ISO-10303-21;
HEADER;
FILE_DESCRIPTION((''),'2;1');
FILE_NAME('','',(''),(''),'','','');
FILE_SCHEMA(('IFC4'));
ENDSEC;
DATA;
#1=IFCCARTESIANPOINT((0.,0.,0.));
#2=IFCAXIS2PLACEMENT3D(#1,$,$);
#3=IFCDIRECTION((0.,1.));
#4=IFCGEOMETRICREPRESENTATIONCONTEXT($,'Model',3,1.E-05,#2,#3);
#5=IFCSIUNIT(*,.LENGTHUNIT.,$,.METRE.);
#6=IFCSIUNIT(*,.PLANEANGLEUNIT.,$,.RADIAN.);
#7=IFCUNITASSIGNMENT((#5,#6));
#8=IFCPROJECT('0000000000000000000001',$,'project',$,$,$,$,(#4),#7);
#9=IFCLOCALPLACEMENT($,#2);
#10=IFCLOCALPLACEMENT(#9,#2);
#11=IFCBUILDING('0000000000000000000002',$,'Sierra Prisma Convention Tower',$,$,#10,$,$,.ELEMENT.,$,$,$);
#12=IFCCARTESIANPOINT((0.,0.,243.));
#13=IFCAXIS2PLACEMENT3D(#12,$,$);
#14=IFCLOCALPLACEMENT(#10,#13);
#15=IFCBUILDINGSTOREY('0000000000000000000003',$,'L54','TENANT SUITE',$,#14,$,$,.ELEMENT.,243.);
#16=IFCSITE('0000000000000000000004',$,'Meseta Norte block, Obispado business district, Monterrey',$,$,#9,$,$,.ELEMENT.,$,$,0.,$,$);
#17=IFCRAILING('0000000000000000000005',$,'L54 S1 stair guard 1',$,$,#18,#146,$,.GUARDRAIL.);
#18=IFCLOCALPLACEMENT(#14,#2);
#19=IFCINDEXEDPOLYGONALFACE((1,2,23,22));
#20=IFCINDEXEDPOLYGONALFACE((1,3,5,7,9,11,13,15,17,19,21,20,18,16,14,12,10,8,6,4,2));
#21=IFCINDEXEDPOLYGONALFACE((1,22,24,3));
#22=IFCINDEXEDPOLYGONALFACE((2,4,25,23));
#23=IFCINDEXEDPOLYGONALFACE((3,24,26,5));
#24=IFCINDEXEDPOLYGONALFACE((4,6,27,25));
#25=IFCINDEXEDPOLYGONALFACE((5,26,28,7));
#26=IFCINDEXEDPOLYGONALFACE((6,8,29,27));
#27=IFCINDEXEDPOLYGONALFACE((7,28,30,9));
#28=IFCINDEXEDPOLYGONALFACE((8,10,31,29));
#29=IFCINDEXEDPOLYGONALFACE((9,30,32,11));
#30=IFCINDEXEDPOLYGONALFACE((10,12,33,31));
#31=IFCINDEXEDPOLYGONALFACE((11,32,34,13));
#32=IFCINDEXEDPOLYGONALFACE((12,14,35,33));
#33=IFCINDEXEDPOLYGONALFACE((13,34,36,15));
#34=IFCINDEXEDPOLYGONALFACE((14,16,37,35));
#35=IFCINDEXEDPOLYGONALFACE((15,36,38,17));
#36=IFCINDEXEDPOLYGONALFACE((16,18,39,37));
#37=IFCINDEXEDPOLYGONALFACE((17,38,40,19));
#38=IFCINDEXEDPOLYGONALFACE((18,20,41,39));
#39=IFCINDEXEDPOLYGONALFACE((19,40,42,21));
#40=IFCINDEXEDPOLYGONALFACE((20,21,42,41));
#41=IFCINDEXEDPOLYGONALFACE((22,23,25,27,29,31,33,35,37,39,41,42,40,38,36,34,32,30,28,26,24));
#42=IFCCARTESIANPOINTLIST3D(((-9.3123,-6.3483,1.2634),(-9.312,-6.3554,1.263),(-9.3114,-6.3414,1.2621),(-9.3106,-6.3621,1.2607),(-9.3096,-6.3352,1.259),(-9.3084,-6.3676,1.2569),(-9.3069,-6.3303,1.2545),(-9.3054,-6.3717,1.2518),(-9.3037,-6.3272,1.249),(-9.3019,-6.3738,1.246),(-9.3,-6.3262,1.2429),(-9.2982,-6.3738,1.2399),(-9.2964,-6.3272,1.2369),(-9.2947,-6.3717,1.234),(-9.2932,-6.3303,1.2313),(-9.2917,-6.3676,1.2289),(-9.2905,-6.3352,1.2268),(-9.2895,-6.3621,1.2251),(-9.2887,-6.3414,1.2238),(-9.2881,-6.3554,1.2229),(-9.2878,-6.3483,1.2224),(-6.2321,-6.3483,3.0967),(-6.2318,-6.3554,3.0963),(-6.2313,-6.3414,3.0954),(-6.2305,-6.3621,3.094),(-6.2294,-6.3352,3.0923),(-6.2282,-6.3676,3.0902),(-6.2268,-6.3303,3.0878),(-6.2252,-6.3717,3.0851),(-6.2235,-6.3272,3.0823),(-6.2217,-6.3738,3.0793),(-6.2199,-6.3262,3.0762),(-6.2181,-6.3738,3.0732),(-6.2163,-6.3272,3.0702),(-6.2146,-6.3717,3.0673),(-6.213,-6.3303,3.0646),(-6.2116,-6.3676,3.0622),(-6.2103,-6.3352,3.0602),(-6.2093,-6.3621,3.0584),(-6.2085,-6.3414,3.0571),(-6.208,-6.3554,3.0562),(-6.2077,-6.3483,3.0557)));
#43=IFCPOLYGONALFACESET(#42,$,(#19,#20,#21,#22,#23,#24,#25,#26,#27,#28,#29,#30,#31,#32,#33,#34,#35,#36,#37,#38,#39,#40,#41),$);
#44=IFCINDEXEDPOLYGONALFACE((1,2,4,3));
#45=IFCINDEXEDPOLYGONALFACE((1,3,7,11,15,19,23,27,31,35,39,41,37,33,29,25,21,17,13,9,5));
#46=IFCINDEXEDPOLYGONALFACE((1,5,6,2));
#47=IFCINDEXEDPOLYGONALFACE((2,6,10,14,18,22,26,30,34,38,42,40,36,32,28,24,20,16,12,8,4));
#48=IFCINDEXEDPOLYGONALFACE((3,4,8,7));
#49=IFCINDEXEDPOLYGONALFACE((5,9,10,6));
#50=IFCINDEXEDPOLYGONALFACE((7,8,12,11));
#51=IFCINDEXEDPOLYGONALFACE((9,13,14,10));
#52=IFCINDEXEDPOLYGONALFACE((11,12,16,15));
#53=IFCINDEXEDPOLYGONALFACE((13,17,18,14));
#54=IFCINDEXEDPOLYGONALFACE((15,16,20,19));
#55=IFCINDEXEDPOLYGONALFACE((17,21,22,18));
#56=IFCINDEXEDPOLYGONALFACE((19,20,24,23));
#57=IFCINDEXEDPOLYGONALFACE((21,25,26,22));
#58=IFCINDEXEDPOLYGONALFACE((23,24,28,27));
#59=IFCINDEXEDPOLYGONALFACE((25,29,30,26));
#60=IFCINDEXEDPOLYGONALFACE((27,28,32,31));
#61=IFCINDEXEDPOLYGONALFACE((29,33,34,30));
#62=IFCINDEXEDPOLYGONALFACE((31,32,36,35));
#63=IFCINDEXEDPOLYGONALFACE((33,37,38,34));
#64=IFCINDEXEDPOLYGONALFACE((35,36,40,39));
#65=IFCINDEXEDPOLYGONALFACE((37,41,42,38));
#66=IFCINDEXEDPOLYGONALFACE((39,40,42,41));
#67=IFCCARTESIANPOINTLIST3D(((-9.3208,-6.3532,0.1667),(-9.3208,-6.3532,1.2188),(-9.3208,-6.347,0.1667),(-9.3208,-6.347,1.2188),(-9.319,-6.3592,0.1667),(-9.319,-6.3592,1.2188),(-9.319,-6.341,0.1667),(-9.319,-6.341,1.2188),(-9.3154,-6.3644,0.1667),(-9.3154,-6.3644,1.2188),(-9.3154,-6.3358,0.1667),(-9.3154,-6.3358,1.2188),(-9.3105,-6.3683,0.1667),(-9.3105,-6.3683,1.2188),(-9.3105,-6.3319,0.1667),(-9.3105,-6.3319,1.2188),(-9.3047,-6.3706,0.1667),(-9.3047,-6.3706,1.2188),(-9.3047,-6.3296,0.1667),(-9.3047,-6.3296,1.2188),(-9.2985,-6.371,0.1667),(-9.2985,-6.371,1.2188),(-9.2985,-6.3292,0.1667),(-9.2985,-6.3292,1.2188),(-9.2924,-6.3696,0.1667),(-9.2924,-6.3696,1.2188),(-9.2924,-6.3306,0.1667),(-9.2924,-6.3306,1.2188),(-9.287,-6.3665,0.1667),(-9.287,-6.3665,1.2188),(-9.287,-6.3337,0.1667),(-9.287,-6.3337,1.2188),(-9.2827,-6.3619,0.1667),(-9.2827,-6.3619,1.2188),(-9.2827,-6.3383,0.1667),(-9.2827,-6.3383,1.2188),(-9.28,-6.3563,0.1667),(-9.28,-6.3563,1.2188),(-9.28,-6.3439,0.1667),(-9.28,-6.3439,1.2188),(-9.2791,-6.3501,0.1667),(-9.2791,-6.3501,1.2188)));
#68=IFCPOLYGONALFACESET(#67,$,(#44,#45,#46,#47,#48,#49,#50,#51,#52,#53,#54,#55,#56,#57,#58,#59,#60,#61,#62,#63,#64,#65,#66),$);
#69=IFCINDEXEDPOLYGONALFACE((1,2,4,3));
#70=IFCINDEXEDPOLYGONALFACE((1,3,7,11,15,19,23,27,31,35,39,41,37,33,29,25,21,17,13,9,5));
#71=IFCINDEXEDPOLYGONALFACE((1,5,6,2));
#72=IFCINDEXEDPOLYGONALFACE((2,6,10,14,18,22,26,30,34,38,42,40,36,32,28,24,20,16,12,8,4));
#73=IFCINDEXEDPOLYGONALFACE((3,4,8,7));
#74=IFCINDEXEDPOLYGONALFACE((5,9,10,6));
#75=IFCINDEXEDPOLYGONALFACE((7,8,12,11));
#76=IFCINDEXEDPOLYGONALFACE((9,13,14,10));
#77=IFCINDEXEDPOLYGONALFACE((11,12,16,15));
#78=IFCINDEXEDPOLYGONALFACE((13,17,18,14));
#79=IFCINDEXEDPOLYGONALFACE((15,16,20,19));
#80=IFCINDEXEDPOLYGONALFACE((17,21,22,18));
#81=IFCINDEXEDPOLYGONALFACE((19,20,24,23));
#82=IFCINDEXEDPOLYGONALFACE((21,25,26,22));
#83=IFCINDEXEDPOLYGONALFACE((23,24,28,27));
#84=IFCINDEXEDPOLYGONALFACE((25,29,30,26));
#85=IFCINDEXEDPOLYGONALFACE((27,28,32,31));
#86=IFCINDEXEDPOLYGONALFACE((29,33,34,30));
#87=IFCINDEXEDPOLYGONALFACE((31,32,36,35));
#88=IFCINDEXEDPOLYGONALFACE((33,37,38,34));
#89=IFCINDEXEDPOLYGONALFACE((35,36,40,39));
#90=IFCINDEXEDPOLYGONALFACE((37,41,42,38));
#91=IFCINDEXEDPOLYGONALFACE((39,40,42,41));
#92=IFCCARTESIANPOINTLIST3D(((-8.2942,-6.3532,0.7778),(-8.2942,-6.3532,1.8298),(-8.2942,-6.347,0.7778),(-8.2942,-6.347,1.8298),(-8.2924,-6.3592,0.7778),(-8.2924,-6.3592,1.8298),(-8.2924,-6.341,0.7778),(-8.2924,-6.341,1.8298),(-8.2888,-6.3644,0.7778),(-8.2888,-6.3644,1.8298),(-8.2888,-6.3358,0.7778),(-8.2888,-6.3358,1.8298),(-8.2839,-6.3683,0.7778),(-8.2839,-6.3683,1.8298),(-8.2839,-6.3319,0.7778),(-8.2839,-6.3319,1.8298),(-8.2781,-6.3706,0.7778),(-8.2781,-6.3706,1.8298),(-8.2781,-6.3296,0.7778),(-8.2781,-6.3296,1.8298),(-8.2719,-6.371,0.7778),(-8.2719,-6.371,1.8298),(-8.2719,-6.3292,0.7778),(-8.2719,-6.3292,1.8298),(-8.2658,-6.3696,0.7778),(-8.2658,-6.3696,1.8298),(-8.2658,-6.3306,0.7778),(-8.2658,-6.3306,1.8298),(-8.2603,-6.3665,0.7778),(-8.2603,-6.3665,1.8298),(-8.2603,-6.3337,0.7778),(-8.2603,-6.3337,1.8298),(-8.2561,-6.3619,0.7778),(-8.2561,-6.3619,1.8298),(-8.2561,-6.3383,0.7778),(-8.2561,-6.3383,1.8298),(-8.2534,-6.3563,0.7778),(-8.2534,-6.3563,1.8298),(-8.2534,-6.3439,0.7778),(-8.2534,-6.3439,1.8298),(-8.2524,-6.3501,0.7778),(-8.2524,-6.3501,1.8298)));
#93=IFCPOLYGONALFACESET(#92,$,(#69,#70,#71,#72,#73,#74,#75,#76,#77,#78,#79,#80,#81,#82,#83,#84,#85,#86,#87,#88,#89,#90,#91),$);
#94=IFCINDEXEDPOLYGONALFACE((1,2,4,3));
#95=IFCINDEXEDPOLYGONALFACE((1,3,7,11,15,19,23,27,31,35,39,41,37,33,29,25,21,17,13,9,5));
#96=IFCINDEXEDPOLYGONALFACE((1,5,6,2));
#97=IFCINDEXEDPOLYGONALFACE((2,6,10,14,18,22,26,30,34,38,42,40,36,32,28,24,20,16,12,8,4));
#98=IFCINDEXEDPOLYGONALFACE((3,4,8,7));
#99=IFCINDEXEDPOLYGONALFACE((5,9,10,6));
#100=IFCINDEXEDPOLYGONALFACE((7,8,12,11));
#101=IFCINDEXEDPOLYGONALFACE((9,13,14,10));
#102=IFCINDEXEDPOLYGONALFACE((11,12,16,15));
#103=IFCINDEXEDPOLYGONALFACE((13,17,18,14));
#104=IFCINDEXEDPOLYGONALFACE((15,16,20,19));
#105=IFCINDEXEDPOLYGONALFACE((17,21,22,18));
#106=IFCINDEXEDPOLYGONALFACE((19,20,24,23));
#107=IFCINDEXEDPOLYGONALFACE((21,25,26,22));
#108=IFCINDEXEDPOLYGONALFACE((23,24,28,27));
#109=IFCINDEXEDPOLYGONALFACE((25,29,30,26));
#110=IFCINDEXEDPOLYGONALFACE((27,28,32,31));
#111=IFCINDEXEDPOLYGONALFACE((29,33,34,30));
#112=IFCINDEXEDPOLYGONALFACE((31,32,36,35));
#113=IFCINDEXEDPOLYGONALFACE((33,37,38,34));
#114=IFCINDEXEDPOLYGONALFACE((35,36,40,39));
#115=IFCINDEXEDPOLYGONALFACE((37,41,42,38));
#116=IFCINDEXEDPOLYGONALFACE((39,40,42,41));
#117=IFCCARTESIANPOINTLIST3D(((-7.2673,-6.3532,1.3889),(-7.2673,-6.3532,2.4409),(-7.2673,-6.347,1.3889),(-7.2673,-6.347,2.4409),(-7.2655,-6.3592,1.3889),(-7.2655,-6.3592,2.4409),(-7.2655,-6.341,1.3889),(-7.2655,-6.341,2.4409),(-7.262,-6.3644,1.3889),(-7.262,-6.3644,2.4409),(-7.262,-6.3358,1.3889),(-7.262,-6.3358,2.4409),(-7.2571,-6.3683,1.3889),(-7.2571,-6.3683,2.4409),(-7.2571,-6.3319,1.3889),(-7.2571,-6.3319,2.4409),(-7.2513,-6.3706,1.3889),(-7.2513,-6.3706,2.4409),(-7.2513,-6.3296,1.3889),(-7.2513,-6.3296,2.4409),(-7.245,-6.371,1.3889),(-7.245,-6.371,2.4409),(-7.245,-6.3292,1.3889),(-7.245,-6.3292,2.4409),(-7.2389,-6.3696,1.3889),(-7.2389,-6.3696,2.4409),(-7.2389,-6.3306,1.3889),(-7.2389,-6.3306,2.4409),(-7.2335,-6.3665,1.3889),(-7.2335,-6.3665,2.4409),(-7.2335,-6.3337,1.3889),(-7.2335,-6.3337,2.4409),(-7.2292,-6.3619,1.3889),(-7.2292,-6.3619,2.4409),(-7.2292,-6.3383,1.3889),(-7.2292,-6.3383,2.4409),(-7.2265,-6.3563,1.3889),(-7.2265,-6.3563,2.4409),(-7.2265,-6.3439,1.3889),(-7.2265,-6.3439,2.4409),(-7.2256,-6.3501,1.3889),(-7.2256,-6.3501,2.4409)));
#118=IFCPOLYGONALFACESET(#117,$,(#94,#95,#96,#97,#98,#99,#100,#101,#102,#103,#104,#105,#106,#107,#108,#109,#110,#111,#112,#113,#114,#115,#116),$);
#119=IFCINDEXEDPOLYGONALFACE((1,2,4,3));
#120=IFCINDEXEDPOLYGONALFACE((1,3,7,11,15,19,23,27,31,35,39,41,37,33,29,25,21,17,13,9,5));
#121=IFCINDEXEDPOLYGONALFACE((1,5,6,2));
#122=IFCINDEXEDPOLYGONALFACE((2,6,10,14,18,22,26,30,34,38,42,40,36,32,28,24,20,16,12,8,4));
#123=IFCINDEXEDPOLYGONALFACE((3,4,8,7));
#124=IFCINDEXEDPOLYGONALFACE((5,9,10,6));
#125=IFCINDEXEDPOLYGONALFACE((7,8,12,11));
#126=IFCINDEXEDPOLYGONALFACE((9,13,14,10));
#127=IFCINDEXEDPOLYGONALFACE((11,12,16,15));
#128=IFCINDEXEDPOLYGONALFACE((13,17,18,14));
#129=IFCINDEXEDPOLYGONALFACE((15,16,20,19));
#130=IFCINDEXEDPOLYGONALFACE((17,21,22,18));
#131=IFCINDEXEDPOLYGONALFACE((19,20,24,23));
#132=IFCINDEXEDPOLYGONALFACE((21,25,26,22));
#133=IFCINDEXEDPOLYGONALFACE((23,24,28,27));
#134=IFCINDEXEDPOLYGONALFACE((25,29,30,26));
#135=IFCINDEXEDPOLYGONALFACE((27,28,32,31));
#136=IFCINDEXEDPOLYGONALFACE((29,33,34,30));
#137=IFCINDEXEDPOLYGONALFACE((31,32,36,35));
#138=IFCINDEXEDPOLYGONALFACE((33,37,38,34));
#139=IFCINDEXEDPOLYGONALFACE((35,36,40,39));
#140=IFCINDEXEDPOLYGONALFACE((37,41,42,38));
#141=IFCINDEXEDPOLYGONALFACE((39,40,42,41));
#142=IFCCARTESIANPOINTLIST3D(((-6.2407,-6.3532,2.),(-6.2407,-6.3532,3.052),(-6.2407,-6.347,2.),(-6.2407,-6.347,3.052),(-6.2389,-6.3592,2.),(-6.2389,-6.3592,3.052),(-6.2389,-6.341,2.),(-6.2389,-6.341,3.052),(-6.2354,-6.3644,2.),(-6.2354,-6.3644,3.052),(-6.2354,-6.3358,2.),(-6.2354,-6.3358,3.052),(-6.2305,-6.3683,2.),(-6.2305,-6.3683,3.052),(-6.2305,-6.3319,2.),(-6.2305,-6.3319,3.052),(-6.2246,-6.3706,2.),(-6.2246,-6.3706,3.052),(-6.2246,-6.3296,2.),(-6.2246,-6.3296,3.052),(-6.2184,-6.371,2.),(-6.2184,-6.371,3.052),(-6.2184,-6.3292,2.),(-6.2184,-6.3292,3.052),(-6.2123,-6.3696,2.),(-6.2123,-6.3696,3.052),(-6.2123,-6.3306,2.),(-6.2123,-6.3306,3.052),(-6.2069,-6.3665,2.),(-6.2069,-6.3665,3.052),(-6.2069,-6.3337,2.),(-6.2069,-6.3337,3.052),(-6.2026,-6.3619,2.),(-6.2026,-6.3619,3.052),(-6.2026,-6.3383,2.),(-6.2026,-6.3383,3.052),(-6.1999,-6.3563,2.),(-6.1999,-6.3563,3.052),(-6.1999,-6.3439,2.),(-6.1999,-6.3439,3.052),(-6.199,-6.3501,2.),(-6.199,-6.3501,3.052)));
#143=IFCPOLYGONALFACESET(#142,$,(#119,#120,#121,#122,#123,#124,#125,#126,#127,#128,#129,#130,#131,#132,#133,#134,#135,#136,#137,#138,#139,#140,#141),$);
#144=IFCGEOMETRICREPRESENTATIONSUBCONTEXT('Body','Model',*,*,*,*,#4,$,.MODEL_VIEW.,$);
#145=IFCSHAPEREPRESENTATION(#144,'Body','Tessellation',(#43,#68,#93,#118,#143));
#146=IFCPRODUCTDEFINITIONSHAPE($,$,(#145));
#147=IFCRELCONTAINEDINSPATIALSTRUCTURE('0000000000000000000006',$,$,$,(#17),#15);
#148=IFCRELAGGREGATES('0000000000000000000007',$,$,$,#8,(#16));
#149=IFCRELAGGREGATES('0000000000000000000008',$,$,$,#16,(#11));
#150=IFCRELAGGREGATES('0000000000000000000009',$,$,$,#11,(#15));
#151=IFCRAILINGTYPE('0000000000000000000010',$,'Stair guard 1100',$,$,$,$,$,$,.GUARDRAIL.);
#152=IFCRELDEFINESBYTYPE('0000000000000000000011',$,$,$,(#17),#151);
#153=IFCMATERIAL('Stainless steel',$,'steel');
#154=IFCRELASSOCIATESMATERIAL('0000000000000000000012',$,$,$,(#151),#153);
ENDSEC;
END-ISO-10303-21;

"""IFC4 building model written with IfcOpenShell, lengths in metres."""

from ifc_helpers import new_model, si_unit, direction, frame, origin, origin_2d, place, context, subcontext, project, spatial, circle, extrude, material, type_object, element, save


model = new_model("IFC4")

# Units and contexts
model_context = context("Model", 3, precision=1e-05, world=origin(), true_north=direction((0.0, 1.0)))
body_context = subcontext(model_context, "Body", "Model", "MODEL_VIEW")
ifc_project = project(units=[si_unit("LENGTHUNIT", "METRE"), si_unit("PLANEANGLEUNIT", "RADIAN")], contexts=[model_context])

# Site, building, storey
site_placement = place(None, origin())
site = spatial("IfcSite", under=ifc_project, at=site_placement, Name="Meseta Norte block, Obispado business district, Monterrey", CompositionType="ELEMENT", RefElevation=0.0)
building_placement = place(site_placement, origin())
building = spatial("IfcBuilding", under=site, at=building_placement, Name="Sierra Prisma Convention Tower", CompositionType="ELEMENT")
storey_placement = place(building_placement, frame((0.0, 0.0, 243.0)))
storey = spatial("IfcBuildingStorey", under=building, at=storey_placement, Name="L54", Description="TENANT SUITE", CompositionType="ELEMENT", Elevation=243.0)

# Railing
ifc_material_1 = material(Name="Stainless steel", Category="steel")
railing_type_1 = type_object("IfcRailingType", Name="Stair guard 1100", PredefinedType="GUARDRAIL", material=ifc_material_1)
railing_1_placement = place(storey_placement, frame((-9.3, -6.3501, 0.1667)))
element("IfcRailing", 1, at=railing_1_placement, inside=storey, type_object=railing_type_1, Name="L54 S1 stair guard 1", PredefinedType="GUARDRAIL", context=body_context, shape_type="SweptSolid", body=[
    extrude(circle(Radius=0.0239, at=origin_2d()), frame((0.0, 0.0, 1.0762), z_axis=(0.859309, 0.0, 0.511458), x_axis=(0.0, 1.0, 0.0)), (0.0, 0.0, 1.0), 3.5845),
    extrude(circle(Radius=0.021, at=origin_2d()), origin(), (0.0, 0.0, 1.0), 1.052),
    extrude(circle(Radius=0.021, at=origin_2d()), frame((1.0266, 0.0, 0.6111)), (0.0, 0.0, 1.0), 1.052),
    extrude(circle(Radius=0.021, at=origin_2d()), frame((2.0535, 0.0, 1.2222)), (0.0, 0.0, 1.0), 1.052),
    extrude(circle(Radius=0.021, at=origin_2d()), frame((3.0801, 0.0, 1.8333)), (0.0, 0.0, 1.0), 1.052),
])

save(model, "model.ifc")
